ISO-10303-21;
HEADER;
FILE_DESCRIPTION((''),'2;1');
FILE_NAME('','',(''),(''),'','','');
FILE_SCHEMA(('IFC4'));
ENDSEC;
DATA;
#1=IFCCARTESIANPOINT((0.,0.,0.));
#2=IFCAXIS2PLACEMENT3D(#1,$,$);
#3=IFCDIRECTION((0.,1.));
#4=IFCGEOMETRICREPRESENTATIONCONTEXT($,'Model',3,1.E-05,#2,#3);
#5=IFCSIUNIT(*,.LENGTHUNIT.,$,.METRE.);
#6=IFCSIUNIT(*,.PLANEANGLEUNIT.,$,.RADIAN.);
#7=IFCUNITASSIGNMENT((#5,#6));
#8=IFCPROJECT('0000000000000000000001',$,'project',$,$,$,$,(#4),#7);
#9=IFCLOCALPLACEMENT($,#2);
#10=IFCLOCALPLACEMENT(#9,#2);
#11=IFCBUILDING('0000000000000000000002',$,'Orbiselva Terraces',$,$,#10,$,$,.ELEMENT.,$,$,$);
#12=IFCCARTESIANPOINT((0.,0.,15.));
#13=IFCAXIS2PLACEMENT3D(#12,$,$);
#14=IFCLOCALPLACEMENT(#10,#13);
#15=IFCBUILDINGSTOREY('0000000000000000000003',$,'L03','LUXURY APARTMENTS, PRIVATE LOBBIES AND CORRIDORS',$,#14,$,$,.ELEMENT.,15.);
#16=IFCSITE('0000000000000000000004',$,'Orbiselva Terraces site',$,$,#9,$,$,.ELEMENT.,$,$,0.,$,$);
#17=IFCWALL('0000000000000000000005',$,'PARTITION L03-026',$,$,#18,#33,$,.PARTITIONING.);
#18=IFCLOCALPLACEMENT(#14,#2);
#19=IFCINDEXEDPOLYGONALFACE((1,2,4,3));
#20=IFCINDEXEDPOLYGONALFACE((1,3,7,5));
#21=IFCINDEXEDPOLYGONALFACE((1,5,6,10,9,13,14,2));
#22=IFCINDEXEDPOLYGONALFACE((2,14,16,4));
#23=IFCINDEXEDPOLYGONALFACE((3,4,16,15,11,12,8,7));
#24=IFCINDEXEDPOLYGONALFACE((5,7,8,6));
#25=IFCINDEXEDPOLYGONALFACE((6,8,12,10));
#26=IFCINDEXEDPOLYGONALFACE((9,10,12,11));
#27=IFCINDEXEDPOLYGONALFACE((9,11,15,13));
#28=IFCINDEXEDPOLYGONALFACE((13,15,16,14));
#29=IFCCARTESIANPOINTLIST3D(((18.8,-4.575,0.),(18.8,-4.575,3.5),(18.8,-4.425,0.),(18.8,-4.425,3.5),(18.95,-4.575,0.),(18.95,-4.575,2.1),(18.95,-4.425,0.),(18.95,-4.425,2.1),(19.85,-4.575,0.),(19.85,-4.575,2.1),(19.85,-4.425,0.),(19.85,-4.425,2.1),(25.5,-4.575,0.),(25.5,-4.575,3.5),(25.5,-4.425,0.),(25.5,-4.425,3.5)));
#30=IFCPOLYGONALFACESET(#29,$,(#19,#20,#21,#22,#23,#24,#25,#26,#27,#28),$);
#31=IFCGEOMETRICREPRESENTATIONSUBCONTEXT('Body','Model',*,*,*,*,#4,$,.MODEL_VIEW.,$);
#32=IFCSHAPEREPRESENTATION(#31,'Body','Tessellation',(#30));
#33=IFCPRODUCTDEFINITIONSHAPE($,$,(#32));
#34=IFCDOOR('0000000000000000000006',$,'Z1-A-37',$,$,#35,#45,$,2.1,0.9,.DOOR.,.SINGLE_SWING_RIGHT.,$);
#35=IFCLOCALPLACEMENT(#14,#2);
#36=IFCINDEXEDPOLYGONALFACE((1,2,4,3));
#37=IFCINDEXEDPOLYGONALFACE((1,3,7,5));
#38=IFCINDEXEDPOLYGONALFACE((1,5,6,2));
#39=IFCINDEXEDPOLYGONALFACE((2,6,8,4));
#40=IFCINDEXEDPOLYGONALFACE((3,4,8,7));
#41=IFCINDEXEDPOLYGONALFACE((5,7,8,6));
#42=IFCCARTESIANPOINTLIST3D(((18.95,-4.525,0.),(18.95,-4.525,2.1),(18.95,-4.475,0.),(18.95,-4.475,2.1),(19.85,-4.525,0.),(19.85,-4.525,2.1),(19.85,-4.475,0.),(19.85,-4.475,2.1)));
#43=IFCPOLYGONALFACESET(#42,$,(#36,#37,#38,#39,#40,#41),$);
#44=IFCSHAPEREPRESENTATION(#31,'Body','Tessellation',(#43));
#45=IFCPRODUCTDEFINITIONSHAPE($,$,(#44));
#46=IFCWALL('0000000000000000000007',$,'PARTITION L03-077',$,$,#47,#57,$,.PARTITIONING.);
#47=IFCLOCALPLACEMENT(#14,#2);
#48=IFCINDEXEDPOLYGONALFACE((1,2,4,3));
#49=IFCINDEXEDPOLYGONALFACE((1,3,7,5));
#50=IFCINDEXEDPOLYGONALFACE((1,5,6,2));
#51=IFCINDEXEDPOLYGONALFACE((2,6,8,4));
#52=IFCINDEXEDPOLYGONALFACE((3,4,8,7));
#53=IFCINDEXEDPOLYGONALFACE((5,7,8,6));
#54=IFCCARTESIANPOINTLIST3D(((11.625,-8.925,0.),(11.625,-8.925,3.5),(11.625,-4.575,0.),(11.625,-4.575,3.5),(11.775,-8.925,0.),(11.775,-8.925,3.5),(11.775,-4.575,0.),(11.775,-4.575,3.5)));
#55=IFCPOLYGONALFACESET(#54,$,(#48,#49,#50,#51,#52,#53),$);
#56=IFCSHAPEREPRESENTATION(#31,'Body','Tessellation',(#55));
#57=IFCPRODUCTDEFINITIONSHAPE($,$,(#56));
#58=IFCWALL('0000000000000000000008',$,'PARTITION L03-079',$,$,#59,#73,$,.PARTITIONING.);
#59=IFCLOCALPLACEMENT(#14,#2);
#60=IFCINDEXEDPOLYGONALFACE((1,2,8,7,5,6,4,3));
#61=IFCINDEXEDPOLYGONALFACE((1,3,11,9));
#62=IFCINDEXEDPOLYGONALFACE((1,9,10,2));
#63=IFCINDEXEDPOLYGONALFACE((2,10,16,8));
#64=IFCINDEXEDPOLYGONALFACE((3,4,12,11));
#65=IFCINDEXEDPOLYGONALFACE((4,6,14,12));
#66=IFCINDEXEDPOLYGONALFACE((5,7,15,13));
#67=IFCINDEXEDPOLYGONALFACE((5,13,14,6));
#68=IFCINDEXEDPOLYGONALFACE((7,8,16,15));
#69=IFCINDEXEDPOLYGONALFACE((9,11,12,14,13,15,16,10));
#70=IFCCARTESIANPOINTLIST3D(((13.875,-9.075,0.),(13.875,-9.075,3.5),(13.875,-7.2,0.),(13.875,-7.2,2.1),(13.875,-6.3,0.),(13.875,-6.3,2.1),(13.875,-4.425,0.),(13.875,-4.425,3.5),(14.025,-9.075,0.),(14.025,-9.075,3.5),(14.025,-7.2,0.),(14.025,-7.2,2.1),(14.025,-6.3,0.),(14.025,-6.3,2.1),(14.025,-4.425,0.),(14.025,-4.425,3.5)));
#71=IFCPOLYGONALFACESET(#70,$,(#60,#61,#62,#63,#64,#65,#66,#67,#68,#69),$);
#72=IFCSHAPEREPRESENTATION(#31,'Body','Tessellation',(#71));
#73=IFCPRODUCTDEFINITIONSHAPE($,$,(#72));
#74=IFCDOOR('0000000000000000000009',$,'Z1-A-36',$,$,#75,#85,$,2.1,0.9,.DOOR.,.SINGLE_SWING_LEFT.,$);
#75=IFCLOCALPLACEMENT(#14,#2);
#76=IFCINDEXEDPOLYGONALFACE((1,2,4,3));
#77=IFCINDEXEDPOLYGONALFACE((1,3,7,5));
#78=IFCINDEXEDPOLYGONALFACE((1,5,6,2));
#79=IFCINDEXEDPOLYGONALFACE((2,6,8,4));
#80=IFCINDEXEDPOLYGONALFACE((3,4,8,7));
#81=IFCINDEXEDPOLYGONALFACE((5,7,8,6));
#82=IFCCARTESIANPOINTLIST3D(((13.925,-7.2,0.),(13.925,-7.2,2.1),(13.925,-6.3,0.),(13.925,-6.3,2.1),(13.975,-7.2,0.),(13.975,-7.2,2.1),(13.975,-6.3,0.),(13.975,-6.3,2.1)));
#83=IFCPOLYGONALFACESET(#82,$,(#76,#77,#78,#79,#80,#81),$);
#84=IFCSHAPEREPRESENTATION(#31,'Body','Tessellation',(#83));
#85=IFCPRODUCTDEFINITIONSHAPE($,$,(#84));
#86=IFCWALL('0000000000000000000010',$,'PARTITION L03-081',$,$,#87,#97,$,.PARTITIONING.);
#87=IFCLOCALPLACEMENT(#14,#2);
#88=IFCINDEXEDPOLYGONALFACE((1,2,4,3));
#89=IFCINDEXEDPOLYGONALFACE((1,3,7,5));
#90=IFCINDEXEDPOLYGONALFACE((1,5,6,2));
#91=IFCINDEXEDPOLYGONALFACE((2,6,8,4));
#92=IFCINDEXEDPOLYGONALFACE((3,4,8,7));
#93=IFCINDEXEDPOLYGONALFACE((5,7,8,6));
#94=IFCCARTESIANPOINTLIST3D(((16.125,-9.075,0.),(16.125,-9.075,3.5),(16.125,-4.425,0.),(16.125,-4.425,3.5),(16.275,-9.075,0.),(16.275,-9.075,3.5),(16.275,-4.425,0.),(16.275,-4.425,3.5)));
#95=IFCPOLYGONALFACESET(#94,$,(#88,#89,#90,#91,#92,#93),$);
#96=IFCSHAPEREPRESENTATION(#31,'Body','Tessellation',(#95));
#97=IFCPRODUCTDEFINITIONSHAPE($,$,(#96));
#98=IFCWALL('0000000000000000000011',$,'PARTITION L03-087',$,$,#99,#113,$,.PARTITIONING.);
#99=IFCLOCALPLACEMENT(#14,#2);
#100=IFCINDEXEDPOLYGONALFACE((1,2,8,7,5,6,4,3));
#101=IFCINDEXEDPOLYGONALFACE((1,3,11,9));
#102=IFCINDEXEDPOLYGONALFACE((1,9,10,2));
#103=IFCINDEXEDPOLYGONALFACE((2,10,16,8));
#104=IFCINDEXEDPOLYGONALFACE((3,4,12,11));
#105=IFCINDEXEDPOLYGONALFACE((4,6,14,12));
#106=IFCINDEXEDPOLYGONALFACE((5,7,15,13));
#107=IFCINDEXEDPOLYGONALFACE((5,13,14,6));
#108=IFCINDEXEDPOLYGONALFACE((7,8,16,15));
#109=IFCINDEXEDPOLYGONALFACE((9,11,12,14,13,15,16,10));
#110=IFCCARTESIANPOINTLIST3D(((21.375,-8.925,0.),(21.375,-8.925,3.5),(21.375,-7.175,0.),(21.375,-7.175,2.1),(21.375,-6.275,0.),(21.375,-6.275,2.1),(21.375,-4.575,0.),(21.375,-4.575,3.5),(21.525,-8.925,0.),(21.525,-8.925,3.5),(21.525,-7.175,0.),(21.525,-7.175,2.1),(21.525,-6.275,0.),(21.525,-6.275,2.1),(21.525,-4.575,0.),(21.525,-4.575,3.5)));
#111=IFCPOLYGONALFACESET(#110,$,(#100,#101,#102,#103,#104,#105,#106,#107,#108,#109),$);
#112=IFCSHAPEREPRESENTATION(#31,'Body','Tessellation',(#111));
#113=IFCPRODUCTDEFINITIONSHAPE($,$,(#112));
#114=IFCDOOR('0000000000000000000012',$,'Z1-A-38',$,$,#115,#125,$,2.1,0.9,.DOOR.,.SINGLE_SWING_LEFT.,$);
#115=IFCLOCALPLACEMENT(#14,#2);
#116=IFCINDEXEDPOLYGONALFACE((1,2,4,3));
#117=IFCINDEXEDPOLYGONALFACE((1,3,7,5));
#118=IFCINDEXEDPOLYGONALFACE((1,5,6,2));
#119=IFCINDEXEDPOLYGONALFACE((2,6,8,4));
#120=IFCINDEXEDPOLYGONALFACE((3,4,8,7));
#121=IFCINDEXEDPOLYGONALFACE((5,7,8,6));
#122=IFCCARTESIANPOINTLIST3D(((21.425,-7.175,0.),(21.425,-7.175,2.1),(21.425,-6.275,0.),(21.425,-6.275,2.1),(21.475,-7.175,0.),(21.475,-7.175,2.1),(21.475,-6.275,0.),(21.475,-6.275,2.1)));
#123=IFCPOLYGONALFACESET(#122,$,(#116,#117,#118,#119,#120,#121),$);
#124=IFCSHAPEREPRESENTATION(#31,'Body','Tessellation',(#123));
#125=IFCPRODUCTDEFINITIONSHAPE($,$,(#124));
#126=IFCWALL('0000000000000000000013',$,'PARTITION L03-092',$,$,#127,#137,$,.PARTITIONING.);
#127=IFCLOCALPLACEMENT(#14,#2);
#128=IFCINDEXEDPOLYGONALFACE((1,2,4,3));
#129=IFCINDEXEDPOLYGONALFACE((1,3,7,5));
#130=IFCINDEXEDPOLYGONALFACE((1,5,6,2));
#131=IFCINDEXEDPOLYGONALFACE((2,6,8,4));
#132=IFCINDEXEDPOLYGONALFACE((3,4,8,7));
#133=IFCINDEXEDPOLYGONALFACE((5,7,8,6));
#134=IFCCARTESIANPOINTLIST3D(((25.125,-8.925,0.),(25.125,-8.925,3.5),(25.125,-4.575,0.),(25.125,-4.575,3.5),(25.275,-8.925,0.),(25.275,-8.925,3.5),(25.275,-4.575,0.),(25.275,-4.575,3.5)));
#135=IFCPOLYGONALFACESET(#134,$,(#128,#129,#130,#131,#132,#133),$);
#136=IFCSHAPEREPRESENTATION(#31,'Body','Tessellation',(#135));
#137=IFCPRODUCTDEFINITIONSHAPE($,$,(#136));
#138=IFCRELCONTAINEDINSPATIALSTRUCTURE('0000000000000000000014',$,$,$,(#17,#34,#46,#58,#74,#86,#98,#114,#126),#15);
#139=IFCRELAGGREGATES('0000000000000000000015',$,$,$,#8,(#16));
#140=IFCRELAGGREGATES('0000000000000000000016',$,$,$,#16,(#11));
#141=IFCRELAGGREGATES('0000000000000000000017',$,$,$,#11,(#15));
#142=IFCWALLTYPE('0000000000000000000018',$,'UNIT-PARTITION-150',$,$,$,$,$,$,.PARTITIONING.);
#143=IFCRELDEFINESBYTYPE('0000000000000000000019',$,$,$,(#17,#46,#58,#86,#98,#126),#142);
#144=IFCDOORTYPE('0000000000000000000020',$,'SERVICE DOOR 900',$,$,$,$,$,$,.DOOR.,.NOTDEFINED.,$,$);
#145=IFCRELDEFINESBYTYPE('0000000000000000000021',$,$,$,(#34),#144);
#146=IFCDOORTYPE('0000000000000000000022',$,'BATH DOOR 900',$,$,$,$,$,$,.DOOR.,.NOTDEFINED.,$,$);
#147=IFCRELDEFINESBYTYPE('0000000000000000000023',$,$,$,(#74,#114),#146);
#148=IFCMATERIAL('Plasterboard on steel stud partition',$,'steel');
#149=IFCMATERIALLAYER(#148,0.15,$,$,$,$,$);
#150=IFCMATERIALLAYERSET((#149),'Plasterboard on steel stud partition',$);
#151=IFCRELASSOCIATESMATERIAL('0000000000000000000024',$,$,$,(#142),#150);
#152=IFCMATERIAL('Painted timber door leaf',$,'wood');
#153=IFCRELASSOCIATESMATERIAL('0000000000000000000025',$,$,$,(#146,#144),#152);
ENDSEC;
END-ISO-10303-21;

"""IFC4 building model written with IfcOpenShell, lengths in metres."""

from ifc_helpers import new_model, si_unit, direction, frame, frame_2d, origin, place, context, subcontext, project, spatial, rectangle, extrude, material, layer, layer_set, type_object, element, fill, save


model = new_model("IFC4")

# Units and contexts
model_context = context("Model", 3, precision=1e-05, world=origin(), true_north=direction((0.0, 1.0)))
body_context = subcontext(model_context, "Body", "Model", "MODEL_VIEW")
ifc_project = project(units=[si_unit("LENGTHUNIT", "METRE"), si_unit("PLANEANGLEUNIT", "RADIAN")], contexts=[model_context])

# Site, building, storey
site_placement = place(None, origin())
site = spatial("IfcSite", under=ifc_project, at=site_placement, Name="Orbiselva Terraces site", CompositionType="ELEMENT", RefElevation=0.0)
building_placement = place(site_placement, origin())
building = spatial("IfcBuilding", under=site, at=building_placement, Name="Orbiselva Terraces", CompositionType="ELEMENT")
storey_placement = place(building_placement, frame((0.0, 0.0, 15.0)))
storey = spatial("IfcBuildingStorey", under=building, at=storey_placement, Name="L03", Description="LUXURY APARTMENTS, PRIVATE LOBBIES AND CORRIDORS", CompositionType="ELEMENT", Elevation=15.0)

# Shared definitions
ifc_material_1 = material(Name="Plasterboard on steel stud partition", Category="steel")

# Shared definitions
ifc_layer_1 = layer(ifc_material_1, 0.15)
ifc_layer_set_1 = layer_set([ifc_layer_1], Name="Plasterboard on steel stud partition")
wall_type_1 = type_object("IfcWallType", Name="UNIT-PARTITION-150", PredefinedType="PARTITIONING", material=ifc_layer_set_1)
ifc_material_2 = material(Name="Painted timber door leaf", Category="wood")
door_type_1 = type_object("IfcDoorType", Name="BATH DOOR 900", OperationType="NOTDEFINED", PredefinedType="DOOR", material=ifc_material_2)

# Wall, opening, door
wall_1_placement = place(storey_placement, frame((25.5, -4.5, 0.0), z_axis=(0.0, 0.0, 1.0), x_axis=(-1.0, 0.0, 0.0)))
wall_1 = element("IfcWall", 1, at=wall_1_placement, inside=storey, type_object=wall_type_1, Name="PARTITION L03-026", PredefinedType="PARTITIONING", context=body_context, shape_type="SweptSolid", body=[
    extrude(rectangle(XDim=6.7, YDim=0.15, at=frame_2d((3.35, 0.0))), origin(), (0.0, 0.0, 1.0), 3.5),
])
opening_1_placement = place(wall_1_placement, frame((5.65, 0.0, 0.0)))
opening_1 = element("IfcOpeningElement", 2, at=opening_1_placement, cuts=wall_1, PredefinedType="OPENING", context=body_context, shape_type="SweptSolid", body=[
    extrude(rectangle(XDim=0.9, YDim=2.1, at=frame_2d((0.45, 1.05))), frame((0.0, 0.085, 0.0), z_axis=(0.0, -1.0, 0.0), x_axis=(1.0, 0.0, 0.0)), (0.0, 0.0, 1.0), 0.17),
])
door_type_2 = type_object("IfcDoorType", Name="SERVICE DOOR 900", OperationType="NOTDEFINED", PredefinedType="DOOR", material=ifc_material_2)
door_1_placement = place(opening_1_placement, origin())
door_1 = element("IfcDoor", 3, at=door_1_placement, inside=storey, type_object=door_type_2, Name="Z1-A-37", OperationType="SINGLE_SWING_RIGHT", OverallHeight=2.1, OverallWidth=0.9, PredefinedType="DOOR", context=body_context, shape_type="SweptSolid", body=[
    extrude(rectangle(XDim=0.9, YDim=2.1, at=frame_2d((0.45, 1.05))), frame((0.0, 0.025, 0.0), z_axis=(0.0, -1.0, 0.0), x_axis=(1.0, 0.0, 0.0)), (0.0, 0.0, 1.0), 0.05),
])
fill(opening_1, door_1)

# Wall
wall_2_placement = place(storey_placement, frame((11.7, -8.925, 0.0), z_axis=(0.0, 0.0, 1.0), x_axis=(0.0, 1.0, 0.0)))
element("IfcWall", 4, at=wall_2_placement, inside=storey, type_object=wall_type_1, Name="PARTITION L03-077", PredefinedType="PARTITIONING", context=body_context, shape_type="SweptSolid", body=[
    extrude(rectangle(XDim=4.35, YDim=0.15, at=frame_2d((2.175, 0.0))), origin(), (0.0, 0.0, 1.0), 3.5),
])

# Wall, opening, door
wall_3_placement = place(storey_placement, frame((13.95, -9.075, 0.0), z_axis=(0.0, 0.0, 1.0), x_axis=(0.0, 1.0, 0.0)))
wall_3 = element("IfcWall", 5, at=wall_3_placement, inside=storey, type_object=wall_type_1, Name="PARTITION L03-079", PredefinedType="PARTITIONING", context=body_context, shape_type="SweptSolid", body=[
    extrude(rectangle(XDim=4.65, YDim=0.15, at=frame_2d((2.325, 0.0))), origin(), (0.0, 0.0, 1.0), 3.5),
])
opening_2_placement = place(wall_3_placement, frame((1.875, 0.0, 0.0)))
opening_2 = element("IfcOpeningElement", 6, at=opening_2_placement, cuts=wall_3, PredefinedType="OPENING", context=body_context, shape_type="SweptSolid", body=[
    extrude(rectangle(XDim=0.9, YDim=2.1, at=frame_2d((0.45, 1.05))), frame((0.0, 0.085, 0.0), z_axis=(0.0, -1.0, 0.0), x_axis=(1.0, 0.0, 0.0)), (0.0, 0.0, 1.0), 0.17),
])
door_2_placement = place(opening_2_placement, origin())
door_2 = element("IfcDoor", 7, at=door_2_placement, inside=storey, type_object=door_type_1, Name="Z1-A-36", OperationType="SINGLE_SWING_LEFT", OverallHeight=2.1, OverallWidth=0.9, PredefinedType="DOOR", context=body_context, shape_type="SweptSolid", body=[
    extrude(rectangle(XDim=0.9, YDim=2.1, at=frame_2d((0.45, 1.05))), frame((0.0, 0.025, 0.0), z_axis=(0.0, -1.0, 0.0), x_axis=(1.0, 0.0, 0.0)), (0.0, 0.0, 1.0), 0.05),
])
fill(opening_2, door_2)

# Wall
wall_4_placement = place(storey_placement, frame((16.2, -9.075, 0.0), z_axis=(0.0, 0.0, 1.0), x_axis=(0.0, 1.0, 0.0)))
element("IfcWall", 8, at=wall_4_placement, inside=storey, type_object=wall_type_1, Name="PARTITION L03-081", PredefinedType="PARTITIONING", context=body_context, shape_type="SweptSolid", body=[
    extrude(rectangle(XDim=4.65, YDim=0.15, at=frame_2d((2.325, 0.0))), origin(), (0.0, 0.0, 1.0), 3.5),
])

# Wall, opening, door
wall_5_placement = place(storey_placement, frame((21.45, -4.575, 0.0), z_axis=(0.0, 0.0, 1.0), x_axis=(0.0, -1.0, 0.0)))
wall_5 = element("IfcWall", 9, at=wall_5_placement, inside=storey, type_object=wall_type_1, Name="PARTITION L03-087", PredefinedType="PARTITIONING", context=body_context, shape_type="SweptSolid", body=[
    extrude(rectangle(XDim=4.35, YDim=0.15, at=frame_2d((2.175, 0.0))), origin(), (0.0, 0.0, 1.0), 3.5),
])
opening_3_placement = place(wall_5_placement, frame((1.7, 0.0, 0.0)))
opening_3 = element("IfcOpeningElement", 10, at=opening_3_placement, cuts=wall_5, PredefinedType="OPENING", context=body_context, shape_type="SweptSolid", body=[
    extrude(rectangle(XDim=0.9, YDim=2.1, at=frame_2d((0.45, 1.05))), frame((0.0, 0.085, 0.0), z_axis=(0.0, -1.0, 0.0), x_axis=(1.0, 0.0, 0.0)), (0.0, 0.0, 1.0), 0.17),
])
door_3_placement = place(opening_3_placement, origin())
door_3 = element("IfcDoor", 11, at=door_3_placement, inside=storey, type_object=door_type_1, Name="Z1-A-38", OperationType="SINGLE_SWING_LEFT", OverallHeight=2.1, OverallWidth=0.9, PredefinedType="DOOR", context=body_context, shape_type="SweptSolid", body=[
    extrude(rectangle(XDim=0.9, YDim=2.1, at=frame_2d((0.45, 1.05))), frame((0.0, 0.025, 0.0), z_axis=(0.0, -1.0, 0.0), x_axis=(1.0, 0.0, 0.0)), (0.0, 0.0, 1.0), 0.05),
])
fill(opening_3, door_3)

# Wall
wall_6_placement = place(storey_placement, frame((25.2, -8.925, 0.0), z_axis=(0.0, 0.0, 1.0), x_axis=(0.0, 1.0, 0.0)))
element("IfcWall", 12, at=wall_6_placement, inside=storey, type_object=wall_type_1, Name="PARTITION L03-092", PredefinedType="PARTITIONING", context=body_context, shape_type="SweptSolid", body=[
    extrude(rectangle(XDim=4.35, YDim=0.15, at=frame_2d((2.175, 0.0))), origin(), (0.0, 0.0, 1.0), 3.5),
])

save(model, "model.ifc")
